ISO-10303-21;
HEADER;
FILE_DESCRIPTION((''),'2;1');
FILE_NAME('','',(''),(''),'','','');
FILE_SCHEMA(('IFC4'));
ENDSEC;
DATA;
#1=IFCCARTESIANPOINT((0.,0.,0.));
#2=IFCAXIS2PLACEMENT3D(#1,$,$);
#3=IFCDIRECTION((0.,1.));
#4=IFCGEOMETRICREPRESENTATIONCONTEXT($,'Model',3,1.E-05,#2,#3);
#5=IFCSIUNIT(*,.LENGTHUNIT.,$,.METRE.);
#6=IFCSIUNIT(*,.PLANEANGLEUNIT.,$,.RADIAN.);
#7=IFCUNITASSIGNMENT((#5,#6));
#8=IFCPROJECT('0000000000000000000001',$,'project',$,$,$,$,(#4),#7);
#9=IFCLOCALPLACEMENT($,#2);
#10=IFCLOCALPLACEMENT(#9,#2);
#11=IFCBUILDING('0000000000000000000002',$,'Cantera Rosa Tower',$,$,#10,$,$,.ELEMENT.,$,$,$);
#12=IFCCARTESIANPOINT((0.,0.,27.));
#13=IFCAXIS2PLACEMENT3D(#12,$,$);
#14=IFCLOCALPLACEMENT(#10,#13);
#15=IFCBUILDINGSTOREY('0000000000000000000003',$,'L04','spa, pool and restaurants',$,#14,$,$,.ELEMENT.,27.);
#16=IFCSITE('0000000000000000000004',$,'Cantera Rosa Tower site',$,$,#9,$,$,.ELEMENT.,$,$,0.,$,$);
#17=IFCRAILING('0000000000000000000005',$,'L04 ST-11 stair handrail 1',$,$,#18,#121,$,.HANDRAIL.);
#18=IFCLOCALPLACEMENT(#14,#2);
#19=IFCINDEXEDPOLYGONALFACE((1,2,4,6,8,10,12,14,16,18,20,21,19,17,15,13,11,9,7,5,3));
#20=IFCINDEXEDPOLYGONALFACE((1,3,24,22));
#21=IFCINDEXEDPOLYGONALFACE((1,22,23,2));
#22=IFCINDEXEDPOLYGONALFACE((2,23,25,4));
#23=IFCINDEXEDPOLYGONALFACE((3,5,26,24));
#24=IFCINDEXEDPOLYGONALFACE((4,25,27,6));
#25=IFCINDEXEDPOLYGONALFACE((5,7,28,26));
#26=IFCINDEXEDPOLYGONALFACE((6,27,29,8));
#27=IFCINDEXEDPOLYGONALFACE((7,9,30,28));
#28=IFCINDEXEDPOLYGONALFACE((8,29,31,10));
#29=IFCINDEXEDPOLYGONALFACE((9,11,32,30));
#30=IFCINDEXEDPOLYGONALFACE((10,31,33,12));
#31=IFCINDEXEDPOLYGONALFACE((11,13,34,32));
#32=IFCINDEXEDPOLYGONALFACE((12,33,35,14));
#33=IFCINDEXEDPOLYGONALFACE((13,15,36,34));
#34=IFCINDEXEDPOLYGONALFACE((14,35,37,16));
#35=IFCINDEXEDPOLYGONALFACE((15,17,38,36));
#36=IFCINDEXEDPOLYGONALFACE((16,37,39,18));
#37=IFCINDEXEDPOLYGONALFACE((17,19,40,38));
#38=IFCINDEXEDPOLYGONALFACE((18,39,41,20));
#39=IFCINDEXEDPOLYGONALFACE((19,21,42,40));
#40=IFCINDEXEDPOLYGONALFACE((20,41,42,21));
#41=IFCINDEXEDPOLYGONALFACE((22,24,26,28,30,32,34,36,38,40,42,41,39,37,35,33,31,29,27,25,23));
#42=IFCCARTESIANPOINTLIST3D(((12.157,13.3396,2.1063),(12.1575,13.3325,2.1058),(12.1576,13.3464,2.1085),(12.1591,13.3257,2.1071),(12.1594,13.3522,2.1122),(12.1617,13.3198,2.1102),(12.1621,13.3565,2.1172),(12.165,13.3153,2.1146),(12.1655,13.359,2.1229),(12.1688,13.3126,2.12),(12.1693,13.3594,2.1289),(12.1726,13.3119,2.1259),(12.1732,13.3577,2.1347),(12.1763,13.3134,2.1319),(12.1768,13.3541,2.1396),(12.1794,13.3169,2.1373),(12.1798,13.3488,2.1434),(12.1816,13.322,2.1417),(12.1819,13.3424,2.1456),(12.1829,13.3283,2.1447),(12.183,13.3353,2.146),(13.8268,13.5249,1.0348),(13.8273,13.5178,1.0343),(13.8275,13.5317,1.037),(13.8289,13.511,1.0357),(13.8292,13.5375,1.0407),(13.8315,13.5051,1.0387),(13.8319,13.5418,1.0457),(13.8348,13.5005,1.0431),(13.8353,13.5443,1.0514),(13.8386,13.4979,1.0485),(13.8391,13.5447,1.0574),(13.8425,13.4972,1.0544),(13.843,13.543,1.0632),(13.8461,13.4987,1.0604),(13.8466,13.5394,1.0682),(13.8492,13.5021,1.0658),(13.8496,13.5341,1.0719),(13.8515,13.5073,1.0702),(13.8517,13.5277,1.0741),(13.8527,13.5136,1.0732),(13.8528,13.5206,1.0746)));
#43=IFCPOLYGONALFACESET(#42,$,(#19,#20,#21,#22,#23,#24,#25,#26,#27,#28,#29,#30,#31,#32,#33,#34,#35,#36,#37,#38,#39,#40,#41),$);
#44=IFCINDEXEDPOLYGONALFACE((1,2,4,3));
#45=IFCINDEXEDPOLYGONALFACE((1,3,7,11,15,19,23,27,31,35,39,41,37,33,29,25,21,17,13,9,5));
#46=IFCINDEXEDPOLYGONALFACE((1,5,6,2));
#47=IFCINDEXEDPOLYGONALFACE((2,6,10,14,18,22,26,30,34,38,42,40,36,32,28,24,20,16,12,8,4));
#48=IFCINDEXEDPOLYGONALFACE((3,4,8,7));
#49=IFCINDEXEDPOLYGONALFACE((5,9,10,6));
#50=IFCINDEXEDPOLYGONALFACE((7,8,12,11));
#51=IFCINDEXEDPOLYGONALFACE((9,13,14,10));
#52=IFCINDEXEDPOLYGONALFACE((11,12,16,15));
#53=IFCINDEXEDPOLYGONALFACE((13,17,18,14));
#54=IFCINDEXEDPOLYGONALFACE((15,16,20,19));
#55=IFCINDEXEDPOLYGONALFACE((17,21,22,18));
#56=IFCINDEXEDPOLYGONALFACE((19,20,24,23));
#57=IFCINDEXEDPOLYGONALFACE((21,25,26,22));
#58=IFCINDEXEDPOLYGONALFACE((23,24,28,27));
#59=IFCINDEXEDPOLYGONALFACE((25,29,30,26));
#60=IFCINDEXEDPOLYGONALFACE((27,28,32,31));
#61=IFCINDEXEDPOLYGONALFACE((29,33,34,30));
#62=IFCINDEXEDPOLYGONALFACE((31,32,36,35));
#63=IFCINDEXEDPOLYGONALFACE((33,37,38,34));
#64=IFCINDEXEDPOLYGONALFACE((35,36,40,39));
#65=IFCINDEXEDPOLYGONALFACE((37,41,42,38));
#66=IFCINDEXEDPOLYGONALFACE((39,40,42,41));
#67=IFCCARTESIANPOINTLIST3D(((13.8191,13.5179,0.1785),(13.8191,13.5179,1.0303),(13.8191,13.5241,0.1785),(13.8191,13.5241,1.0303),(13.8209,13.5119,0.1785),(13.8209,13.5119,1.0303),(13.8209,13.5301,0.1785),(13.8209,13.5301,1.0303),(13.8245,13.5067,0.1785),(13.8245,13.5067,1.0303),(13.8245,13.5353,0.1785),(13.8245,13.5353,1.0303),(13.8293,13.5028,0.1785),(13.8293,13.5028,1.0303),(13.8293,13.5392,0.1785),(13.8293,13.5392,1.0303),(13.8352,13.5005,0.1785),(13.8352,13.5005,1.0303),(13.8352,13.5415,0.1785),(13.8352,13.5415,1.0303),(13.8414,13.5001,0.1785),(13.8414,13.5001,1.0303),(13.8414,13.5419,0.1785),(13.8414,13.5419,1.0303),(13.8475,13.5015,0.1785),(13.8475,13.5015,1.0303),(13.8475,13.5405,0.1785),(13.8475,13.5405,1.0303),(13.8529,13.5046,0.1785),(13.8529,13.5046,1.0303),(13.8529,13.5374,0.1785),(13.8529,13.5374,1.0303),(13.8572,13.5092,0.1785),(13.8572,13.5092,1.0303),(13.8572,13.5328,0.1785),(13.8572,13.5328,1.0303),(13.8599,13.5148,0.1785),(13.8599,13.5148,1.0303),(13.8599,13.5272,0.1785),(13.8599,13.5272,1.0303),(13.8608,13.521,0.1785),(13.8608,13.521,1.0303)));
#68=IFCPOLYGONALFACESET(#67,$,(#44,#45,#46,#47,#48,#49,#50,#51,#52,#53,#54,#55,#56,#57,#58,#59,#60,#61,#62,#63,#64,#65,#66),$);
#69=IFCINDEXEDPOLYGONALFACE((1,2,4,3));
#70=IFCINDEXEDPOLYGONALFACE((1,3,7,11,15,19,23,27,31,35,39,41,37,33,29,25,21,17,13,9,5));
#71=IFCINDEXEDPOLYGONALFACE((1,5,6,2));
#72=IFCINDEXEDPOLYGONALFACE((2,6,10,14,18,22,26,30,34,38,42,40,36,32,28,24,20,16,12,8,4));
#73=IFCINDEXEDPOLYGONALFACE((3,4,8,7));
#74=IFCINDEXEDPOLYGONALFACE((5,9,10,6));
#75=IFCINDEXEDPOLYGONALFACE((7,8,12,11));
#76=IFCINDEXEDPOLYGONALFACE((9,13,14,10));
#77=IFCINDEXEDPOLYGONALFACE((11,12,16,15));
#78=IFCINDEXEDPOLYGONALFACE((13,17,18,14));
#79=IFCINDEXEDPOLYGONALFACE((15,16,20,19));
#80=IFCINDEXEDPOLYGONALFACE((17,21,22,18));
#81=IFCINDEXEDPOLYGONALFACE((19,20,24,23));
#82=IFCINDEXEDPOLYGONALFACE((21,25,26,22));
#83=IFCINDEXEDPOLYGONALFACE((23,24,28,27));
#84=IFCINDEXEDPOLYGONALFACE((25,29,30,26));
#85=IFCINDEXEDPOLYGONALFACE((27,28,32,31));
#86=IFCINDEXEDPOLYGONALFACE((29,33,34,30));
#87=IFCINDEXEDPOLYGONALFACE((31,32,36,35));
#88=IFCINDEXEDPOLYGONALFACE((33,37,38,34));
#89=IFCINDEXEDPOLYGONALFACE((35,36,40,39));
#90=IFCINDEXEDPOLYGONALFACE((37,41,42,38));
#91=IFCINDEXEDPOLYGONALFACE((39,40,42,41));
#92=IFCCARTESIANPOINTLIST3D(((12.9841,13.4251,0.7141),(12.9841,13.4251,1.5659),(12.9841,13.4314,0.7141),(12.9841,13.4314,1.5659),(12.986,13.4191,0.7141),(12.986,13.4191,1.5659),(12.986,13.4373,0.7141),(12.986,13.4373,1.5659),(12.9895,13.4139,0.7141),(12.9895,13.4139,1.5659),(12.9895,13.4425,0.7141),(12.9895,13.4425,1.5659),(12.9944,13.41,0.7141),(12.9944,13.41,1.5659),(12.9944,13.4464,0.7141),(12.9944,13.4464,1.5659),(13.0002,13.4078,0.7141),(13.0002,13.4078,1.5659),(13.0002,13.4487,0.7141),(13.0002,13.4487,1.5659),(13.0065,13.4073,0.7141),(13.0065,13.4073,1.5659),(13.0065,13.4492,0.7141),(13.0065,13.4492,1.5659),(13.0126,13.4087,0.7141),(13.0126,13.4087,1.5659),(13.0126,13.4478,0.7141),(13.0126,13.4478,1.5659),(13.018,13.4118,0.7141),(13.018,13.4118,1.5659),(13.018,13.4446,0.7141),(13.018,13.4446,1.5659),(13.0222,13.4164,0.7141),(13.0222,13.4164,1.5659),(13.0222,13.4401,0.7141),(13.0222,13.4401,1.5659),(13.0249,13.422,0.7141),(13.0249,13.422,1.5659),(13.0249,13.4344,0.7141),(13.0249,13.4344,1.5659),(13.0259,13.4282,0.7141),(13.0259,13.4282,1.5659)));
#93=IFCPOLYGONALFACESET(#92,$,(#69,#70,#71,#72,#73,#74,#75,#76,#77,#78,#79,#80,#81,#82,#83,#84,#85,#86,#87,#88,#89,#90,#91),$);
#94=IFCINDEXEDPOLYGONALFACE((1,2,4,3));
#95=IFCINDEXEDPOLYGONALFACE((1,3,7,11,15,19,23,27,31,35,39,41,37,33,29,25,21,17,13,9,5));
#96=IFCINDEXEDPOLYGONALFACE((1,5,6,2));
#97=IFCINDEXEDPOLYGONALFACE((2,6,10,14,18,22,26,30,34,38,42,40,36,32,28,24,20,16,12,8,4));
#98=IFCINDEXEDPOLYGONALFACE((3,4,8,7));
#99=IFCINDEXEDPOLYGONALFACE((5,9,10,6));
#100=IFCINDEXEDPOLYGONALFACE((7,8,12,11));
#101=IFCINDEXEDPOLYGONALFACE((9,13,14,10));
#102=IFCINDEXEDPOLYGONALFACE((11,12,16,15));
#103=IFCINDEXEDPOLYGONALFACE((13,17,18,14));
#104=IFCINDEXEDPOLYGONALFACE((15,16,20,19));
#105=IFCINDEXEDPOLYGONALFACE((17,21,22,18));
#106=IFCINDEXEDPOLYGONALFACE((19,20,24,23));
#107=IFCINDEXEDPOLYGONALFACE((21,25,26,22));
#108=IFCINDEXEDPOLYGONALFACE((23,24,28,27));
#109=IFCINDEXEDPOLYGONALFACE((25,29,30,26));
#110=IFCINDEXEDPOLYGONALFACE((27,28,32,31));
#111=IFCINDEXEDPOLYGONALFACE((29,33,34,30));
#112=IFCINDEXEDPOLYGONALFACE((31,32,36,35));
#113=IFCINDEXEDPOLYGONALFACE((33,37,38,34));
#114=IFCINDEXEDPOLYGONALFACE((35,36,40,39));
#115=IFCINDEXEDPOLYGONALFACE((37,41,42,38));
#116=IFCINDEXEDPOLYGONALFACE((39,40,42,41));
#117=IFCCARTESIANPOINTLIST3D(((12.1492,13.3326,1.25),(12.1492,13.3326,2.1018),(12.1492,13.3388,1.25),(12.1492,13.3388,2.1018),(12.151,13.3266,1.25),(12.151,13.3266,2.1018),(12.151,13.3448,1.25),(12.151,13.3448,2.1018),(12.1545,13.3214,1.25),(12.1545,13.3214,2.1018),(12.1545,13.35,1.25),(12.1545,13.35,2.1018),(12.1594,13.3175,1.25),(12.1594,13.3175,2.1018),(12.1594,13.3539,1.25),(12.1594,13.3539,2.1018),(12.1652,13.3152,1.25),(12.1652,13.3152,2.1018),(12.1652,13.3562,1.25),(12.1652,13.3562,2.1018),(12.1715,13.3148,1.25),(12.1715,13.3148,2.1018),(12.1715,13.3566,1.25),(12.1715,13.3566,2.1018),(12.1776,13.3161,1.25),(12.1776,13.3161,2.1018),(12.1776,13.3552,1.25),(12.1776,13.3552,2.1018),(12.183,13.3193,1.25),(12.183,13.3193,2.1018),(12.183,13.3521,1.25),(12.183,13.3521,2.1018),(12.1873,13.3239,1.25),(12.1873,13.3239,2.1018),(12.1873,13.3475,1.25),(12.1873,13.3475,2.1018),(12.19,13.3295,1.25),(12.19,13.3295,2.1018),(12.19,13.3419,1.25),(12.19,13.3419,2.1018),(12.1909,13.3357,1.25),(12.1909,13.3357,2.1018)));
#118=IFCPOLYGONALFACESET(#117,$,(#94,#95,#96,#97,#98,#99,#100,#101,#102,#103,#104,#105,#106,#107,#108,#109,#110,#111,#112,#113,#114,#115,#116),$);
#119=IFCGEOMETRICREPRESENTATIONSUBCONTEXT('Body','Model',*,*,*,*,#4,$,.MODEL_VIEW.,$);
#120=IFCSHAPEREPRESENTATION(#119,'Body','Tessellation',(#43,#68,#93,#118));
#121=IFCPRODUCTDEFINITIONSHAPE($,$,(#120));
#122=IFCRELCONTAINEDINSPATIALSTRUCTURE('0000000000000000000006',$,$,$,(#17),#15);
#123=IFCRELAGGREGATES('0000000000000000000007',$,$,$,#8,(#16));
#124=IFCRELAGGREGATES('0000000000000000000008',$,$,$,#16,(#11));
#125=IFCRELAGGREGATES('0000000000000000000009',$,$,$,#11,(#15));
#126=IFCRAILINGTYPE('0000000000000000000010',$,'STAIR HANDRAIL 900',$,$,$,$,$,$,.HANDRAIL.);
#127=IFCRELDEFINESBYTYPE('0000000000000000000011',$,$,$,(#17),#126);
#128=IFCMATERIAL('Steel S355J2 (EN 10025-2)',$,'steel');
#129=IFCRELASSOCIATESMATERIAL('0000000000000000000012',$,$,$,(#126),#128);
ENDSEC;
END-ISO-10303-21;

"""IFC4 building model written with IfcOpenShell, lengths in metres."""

from ifc_helpers import new_model, si_unit, direction, frame, origin, origin_2d, place, context, subcontext, project, spatial, circle, extrude, material, type_object, element, save


model = new_model("IFC4")

# Units and contexts
model_context = context("Model", 3, precision=1e-05, world=origin(), true_north=direction((0.0, 1.0)))
body_context = subcontext(model_context, "Body", "Model", "MODEL_VIEW")
ifc_project = project(units=[si_unit("LENGTHUNIT", "METRE"), si_unit("PLANEANGLEUNIT", "RADIAN")], contexts=[model_context])

# Site, building, storey
site_placement = place(None, origin())
site = spatial("IfcSite", under=ifc_project, at=site_placement, Name="Cantera Rosa Tower site", CompositionType="ELEMENT", RefElevation=0.0)
building_placement = place(site_placement, origin())
building = spatial("IfcBuilding", under=site, at=building_placement, Name="Cantera Rosa Tower", CompositionType="ELEMENT")
storey_placement = place(building_placement, frame((0.0, 0.0, 27.0)))
storey = spatial("IfcBuildingStorey", under=building, at=storey_placement, Name="L04", Description="spa, pool and restaurants", CompositionType="ELEMENT", Elevation=27.0)

# Railing
ifc_material_1 = material(Name="Steel S355J2 (EN 10025-2)", Category="steel")
railing_type_1 = type_object("IfcRailingType", Name="STAIR HANDRAIL 900", PredefinedType="HANDRAIL", material=ifc_material_1)
railing_1_placement = place(storey_placement, frame((13.8398, 13.521, 0.1785)))
element("IfcRailing", 1, at=railing_1_placement, inside=storey, type_object=railing_type_1, Name="L04 ST-11 stair handrail 1", PredefinedType="HANDRAIL", context=body_context, shape_type="SweptSolid", body=[
    extrude(circle(Radius=0.0239, at=origin_2d()), frame((0.0, 0.0, 0.876), z_axis=(-0.837987, -0.092987, 0.537709), x_axis=(0.110288, -0.9939, 0.0)), (0.0, 0.0, 1.0), 1.9927),
    extrude(circle(Radius=0.021, at=origin_2d()), origin(), (0.0, 0.0, 1.0), 0.8518),
    extrude(circle(Radius=0.021, at=origin_2d()), frame((-0.835, -0.0928, 0.5356)), (0.0, 0.0, 1.0), 0.8518),
    extrude(circle(Radius=0.021, at=origin_2d()), frame((-1.6699, -0.1853, 1.0715)), (0.0, 0.0, 1.0), 0.8518),
])

save(model, "model.ifc")
